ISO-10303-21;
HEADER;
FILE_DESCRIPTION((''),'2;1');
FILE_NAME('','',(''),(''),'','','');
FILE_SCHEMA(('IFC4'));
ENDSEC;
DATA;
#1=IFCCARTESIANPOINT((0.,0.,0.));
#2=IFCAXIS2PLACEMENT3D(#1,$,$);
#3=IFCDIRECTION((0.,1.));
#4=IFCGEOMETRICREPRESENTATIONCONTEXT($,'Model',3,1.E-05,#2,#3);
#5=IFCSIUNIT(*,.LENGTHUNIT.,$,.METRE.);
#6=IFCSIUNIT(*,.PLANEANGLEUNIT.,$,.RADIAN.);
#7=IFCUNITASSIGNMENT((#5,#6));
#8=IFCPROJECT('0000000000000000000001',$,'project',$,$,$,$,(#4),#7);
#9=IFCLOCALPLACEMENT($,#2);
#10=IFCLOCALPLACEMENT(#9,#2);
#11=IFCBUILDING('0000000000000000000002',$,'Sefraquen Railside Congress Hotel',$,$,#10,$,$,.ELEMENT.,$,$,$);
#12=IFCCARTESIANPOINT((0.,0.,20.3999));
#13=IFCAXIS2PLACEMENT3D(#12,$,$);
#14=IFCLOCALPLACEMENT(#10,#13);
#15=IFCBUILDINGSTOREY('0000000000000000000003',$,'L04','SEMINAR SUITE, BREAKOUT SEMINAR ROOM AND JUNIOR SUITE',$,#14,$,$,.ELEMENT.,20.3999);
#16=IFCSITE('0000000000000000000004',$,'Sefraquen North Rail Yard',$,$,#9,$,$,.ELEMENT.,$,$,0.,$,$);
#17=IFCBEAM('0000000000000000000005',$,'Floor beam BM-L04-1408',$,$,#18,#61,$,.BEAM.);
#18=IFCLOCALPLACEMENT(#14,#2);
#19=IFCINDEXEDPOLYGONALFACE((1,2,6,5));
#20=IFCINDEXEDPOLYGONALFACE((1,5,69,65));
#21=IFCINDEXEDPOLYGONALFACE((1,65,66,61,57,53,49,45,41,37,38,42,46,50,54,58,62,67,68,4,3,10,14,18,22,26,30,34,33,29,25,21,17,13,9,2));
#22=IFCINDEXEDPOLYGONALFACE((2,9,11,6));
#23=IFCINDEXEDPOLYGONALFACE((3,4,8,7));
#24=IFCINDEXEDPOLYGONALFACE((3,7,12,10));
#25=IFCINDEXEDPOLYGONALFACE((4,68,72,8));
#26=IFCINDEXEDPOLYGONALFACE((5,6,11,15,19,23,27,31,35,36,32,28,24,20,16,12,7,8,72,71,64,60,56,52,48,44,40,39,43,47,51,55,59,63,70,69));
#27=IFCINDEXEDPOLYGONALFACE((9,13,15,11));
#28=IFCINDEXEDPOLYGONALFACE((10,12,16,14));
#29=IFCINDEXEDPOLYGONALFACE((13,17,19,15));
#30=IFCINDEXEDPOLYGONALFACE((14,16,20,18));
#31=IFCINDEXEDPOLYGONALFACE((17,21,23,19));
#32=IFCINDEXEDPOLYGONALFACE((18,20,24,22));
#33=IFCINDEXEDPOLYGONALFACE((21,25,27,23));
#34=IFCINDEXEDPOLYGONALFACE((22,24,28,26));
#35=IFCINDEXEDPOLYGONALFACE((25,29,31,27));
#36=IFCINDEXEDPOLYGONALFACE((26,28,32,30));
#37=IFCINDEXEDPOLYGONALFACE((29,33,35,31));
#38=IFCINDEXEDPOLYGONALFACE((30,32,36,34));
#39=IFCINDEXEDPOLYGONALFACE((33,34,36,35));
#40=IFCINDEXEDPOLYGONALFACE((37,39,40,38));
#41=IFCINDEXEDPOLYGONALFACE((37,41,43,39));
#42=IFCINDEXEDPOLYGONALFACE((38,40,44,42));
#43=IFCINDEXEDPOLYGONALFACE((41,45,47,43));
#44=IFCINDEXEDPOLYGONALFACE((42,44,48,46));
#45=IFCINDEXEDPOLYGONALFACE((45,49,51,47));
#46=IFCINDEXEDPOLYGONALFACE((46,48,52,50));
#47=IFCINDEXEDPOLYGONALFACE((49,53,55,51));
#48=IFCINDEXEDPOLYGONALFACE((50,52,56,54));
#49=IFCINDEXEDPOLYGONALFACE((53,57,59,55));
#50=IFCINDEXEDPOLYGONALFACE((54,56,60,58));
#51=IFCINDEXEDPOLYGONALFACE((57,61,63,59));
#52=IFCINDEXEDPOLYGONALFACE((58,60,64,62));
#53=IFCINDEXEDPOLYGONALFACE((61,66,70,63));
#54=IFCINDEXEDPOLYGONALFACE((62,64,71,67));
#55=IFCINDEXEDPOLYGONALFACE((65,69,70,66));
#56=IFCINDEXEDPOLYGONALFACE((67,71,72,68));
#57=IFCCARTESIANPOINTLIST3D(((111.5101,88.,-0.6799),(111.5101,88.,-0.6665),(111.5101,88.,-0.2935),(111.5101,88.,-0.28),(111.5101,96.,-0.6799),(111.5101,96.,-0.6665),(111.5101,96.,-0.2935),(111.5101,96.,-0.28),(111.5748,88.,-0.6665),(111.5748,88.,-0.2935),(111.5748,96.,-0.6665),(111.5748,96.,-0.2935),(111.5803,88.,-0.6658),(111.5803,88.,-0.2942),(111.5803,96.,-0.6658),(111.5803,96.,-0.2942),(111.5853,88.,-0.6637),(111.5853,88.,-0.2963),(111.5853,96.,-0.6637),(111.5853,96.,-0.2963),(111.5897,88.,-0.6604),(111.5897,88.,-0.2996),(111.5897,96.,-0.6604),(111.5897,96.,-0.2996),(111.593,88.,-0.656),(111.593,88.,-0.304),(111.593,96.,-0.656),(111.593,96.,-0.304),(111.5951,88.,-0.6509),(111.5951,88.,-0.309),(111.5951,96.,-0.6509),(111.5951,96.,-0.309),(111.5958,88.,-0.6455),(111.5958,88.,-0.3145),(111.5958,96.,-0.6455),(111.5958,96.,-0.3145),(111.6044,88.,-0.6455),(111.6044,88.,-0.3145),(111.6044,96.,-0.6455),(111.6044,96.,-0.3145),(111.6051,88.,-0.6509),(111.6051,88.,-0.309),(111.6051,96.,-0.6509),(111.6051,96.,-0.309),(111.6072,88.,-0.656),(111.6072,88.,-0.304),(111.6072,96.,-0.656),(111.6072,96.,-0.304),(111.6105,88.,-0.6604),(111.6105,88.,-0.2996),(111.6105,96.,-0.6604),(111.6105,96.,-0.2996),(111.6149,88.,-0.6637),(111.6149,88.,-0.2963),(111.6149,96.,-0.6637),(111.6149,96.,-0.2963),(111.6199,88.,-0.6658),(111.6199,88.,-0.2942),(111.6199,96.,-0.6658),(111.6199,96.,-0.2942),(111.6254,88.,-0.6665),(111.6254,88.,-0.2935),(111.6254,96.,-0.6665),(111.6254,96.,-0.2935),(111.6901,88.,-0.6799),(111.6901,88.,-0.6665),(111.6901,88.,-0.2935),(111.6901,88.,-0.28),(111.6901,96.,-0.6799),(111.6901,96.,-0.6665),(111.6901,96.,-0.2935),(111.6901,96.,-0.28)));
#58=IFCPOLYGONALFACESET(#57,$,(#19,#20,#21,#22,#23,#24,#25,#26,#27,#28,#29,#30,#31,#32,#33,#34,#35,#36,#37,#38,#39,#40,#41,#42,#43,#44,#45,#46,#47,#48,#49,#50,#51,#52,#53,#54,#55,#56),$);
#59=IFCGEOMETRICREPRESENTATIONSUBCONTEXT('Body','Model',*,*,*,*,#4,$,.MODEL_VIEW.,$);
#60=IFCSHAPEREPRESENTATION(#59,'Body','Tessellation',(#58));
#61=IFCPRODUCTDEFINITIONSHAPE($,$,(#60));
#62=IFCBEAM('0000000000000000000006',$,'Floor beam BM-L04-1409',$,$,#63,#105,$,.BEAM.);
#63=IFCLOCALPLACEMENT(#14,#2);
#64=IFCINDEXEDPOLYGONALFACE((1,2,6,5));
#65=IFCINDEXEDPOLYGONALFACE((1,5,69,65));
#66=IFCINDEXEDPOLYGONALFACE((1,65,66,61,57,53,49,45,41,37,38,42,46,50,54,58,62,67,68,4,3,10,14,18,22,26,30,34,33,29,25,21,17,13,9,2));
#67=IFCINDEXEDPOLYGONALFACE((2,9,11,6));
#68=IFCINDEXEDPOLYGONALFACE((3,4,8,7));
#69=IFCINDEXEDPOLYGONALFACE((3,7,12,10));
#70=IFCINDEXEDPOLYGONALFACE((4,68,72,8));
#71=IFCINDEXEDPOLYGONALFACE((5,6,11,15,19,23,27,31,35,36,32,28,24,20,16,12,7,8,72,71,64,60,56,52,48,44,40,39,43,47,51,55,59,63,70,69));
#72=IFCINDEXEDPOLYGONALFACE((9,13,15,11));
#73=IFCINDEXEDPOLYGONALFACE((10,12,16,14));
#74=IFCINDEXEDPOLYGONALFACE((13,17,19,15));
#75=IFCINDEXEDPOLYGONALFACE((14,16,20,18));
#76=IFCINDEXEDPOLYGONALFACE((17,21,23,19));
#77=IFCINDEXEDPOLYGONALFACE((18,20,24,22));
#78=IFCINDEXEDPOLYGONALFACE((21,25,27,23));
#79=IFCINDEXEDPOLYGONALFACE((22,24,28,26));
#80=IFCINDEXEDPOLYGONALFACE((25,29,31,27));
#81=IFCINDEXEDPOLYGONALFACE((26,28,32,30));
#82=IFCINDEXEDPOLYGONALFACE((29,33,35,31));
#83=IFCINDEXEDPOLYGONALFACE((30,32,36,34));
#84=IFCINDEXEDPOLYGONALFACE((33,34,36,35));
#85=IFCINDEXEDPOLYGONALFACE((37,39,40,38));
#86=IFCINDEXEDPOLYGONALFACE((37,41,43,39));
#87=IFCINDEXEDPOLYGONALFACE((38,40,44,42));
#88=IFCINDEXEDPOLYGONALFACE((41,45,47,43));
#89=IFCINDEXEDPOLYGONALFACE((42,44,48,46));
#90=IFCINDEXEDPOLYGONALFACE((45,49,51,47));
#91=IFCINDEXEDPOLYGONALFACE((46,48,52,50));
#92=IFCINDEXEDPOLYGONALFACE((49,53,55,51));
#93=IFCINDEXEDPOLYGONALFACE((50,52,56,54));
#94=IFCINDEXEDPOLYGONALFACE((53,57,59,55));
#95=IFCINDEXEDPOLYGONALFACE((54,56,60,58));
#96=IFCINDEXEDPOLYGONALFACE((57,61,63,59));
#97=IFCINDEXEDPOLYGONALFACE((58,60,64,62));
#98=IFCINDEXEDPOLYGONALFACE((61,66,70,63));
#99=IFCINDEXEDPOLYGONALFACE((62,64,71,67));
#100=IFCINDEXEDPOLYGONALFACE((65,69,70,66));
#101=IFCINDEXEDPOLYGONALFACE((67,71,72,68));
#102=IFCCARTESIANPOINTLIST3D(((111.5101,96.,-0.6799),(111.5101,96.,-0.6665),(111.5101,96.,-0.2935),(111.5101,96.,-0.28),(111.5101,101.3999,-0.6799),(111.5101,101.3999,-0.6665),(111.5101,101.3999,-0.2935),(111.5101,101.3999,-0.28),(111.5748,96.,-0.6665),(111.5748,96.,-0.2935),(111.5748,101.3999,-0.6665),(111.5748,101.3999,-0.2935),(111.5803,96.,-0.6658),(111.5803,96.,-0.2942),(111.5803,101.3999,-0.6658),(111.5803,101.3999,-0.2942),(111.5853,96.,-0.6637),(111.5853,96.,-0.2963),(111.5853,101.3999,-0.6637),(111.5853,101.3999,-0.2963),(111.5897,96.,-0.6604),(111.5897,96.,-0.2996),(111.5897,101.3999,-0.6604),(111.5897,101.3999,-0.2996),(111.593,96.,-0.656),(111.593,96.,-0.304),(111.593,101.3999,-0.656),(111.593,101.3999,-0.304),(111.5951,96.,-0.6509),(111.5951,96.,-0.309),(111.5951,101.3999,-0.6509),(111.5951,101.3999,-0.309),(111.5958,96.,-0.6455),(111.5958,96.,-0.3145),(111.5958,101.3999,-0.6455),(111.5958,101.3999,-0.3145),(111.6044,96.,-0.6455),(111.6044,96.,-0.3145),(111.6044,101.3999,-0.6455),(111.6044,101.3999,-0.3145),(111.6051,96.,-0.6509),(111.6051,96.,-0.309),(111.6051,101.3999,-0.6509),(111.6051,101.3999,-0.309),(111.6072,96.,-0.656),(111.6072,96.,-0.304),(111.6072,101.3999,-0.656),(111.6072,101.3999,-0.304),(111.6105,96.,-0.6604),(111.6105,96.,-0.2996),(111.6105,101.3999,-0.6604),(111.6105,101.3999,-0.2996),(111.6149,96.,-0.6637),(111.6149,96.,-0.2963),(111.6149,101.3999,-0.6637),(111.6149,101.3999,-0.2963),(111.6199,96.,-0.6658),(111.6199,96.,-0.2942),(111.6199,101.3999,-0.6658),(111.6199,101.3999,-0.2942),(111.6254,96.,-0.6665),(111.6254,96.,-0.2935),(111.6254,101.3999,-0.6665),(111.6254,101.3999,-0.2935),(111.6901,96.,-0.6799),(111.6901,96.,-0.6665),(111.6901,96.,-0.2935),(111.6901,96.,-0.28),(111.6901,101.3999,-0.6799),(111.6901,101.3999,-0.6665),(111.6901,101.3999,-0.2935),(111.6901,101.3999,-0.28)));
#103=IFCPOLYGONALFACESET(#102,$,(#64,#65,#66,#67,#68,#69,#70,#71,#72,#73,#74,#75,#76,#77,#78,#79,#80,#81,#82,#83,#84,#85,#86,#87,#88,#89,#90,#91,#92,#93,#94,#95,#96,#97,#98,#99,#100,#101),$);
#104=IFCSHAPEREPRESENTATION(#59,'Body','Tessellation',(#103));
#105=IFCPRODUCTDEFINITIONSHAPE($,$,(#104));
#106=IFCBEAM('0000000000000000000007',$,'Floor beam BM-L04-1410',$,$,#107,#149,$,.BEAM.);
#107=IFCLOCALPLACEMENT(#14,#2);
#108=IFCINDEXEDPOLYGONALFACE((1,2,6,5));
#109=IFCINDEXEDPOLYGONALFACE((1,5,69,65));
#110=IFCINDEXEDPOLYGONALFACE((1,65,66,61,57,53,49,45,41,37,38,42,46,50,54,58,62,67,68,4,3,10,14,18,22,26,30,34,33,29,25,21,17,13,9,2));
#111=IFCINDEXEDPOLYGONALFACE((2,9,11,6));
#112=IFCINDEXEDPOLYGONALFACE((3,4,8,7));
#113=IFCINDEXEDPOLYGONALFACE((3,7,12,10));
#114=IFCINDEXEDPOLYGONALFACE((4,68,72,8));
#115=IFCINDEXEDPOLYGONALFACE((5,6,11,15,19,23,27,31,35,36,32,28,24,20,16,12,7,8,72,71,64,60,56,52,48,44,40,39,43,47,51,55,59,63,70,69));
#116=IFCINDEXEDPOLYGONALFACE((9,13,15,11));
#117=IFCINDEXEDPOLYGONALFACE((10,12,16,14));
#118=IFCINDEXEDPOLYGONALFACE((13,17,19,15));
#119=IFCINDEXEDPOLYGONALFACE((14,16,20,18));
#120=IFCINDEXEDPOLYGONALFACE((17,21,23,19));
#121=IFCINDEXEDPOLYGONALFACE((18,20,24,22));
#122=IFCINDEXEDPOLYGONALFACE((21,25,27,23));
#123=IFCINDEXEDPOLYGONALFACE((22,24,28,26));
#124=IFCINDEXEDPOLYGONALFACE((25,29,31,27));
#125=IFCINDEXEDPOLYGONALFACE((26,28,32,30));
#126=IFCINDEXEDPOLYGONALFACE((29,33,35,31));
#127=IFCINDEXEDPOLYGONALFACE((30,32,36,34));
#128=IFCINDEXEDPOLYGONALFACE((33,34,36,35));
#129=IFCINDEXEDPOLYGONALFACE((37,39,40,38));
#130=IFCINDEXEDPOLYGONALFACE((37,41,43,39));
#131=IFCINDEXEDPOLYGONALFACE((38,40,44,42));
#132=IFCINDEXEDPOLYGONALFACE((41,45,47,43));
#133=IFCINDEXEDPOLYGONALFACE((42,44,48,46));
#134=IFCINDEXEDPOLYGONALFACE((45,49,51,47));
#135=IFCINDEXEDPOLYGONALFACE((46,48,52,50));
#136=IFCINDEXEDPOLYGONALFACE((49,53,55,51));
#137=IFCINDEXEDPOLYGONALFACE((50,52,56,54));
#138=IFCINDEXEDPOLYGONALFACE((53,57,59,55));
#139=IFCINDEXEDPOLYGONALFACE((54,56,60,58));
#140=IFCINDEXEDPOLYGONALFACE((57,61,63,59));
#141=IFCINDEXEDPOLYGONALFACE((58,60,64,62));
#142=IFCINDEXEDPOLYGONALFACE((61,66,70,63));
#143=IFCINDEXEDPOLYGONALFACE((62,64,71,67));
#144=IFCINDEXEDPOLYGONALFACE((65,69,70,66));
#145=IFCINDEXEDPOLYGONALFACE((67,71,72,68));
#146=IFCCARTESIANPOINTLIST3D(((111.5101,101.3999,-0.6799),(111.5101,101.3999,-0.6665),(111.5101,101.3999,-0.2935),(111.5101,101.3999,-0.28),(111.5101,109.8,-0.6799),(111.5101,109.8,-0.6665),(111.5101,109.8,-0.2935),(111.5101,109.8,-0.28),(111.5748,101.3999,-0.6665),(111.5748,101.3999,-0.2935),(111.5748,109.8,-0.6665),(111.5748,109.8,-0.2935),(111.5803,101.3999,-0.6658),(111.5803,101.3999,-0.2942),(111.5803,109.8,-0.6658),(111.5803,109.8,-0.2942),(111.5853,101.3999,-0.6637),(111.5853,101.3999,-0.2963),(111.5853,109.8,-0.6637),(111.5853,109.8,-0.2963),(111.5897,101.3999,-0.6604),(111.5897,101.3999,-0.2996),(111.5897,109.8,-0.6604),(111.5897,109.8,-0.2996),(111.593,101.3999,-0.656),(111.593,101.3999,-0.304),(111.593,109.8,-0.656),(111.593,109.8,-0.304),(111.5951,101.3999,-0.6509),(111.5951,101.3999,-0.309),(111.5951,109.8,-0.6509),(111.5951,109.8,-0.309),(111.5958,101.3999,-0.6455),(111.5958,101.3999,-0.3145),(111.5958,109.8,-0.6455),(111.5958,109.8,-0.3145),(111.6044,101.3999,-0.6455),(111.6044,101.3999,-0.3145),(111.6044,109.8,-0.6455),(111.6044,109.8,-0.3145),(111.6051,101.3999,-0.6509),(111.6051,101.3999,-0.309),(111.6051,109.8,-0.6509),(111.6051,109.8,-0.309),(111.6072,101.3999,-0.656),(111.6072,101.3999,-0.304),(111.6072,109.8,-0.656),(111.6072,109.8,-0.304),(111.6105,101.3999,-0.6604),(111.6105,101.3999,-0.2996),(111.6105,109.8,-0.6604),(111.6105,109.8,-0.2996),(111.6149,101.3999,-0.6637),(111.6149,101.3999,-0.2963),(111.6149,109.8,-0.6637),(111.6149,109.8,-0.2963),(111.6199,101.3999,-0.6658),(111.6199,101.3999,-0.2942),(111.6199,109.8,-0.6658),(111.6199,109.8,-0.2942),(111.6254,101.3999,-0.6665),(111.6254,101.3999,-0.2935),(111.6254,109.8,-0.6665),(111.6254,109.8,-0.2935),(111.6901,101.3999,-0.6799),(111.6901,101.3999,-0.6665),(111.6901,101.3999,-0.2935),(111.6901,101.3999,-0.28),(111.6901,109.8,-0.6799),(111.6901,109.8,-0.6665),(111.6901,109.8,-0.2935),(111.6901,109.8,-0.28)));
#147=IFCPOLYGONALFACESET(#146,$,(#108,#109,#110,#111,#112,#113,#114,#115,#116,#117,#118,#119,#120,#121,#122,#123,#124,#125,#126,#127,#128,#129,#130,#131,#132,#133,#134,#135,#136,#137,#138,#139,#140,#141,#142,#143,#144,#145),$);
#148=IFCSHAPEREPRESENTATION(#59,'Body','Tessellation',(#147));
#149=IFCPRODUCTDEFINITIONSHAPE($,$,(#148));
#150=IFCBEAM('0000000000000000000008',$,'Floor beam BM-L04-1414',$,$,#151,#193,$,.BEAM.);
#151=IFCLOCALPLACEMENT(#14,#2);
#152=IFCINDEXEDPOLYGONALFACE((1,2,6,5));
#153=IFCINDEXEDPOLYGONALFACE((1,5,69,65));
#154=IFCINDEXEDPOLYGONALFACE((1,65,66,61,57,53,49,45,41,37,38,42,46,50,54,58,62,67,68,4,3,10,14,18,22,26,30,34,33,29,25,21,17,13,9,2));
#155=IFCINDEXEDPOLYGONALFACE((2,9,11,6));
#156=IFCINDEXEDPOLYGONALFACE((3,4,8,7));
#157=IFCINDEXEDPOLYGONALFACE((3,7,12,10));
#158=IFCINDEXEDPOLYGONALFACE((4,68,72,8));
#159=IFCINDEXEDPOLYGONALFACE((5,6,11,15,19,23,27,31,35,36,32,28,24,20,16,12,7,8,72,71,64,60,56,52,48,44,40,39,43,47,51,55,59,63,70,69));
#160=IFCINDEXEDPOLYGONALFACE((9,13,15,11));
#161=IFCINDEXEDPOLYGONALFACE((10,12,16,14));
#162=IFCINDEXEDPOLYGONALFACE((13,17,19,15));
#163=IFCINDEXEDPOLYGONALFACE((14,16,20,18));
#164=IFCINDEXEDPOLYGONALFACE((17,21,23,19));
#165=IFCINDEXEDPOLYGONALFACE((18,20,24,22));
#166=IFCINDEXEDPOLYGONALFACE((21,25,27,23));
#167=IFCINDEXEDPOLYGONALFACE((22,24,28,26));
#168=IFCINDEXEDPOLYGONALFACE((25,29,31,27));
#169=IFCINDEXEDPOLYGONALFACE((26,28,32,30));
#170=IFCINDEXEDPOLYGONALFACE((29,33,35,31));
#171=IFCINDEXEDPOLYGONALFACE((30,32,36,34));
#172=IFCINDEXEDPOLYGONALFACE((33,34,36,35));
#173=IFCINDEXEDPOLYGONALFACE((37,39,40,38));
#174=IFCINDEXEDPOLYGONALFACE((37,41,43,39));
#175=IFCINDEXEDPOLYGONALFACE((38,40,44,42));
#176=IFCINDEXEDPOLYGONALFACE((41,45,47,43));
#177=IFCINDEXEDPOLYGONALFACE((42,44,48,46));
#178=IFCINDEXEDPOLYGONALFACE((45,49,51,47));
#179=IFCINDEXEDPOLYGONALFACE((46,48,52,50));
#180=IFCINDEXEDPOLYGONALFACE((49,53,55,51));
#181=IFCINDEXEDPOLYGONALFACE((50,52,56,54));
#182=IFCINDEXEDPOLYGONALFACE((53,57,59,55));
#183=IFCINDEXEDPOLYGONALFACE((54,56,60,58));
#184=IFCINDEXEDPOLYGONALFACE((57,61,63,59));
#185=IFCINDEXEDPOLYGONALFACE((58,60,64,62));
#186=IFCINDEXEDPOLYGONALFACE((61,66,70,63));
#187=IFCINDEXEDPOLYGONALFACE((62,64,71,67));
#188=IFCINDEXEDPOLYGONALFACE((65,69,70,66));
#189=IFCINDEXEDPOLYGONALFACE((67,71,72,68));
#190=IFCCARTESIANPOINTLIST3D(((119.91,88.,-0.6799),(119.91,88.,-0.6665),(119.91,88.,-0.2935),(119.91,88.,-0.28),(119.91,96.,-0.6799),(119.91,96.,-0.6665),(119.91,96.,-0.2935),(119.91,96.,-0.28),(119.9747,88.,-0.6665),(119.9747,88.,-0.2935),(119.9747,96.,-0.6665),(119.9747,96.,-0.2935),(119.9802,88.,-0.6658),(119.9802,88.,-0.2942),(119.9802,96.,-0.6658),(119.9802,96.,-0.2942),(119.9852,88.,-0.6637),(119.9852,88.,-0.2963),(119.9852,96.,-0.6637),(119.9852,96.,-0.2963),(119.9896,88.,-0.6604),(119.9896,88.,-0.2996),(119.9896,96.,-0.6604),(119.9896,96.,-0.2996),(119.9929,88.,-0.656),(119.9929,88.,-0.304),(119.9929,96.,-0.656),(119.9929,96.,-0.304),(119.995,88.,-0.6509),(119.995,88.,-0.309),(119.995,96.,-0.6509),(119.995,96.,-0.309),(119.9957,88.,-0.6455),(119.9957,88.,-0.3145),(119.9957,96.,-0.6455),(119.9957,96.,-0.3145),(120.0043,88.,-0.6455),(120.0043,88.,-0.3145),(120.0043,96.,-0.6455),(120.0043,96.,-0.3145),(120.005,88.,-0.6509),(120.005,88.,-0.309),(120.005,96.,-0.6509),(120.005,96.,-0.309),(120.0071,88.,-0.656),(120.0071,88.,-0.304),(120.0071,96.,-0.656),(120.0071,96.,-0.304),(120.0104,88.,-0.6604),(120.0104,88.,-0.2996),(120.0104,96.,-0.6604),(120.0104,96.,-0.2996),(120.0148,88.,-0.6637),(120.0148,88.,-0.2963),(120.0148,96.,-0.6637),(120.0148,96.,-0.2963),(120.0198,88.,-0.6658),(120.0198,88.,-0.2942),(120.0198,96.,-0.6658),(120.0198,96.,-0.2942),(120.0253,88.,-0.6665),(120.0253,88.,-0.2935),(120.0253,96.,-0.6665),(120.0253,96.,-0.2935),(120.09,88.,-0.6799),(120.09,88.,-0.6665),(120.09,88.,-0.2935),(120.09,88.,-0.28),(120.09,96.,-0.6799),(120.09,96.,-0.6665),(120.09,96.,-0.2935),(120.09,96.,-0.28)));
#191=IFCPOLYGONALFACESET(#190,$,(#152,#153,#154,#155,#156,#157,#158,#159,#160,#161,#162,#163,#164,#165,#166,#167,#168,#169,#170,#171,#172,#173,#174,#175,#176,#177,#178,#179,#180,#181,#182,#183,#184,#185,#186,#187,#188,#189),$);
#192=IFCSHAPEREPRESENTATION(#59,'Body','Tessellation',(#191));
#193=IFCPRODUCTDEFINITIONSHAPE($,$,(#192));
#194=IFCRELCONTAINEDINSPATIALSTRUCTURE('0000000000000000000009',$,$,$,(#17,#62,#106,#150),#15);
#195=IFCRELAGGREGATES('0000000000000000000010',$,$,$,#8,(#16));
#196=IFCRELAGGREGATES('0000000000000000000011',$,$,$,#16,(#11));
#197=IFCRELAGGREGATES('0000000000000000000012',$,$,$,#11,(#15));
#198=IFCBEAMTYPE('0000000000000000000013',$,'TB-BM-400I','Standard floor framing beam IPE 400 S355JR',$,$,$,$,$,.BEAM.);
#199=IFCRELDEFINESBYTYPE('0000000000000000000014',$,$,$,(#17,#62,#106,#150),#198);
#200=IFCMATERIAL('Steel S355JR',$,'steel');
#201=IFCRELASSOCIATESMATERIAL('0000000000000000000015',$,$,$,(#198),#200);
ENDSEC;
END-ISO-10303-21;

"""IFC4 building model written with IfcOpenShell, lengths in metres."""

from ifc_helpers import new_model, si_unit, direction, frame, origin, origin_2d, place, context, subcontext, project, spatial, i_section, extrude, material, material_profile, profile_set, type_object, element, save


model = new_model("IFC4")

# Units and contexts
model_context = context("Model", 3, precision=1e-05, world=origin(), true_north=direction((0.0, 1.0)))
body_context = subcontext(model_context, "Body", "Model", "MODEL_VIEW")
ifc_project = project(units=[si_unit("LENGTHUNIT", "METRE"), si_unit("PLANEANGLEUNIT", "RADIAN")], contexts=[model_context])

# Site, building, storey
site_placement = place(None, origin())
site = spatial("IfcSite", under=ifc_project, at=site_placement, Name="Sefraquen North Rail Yard", CompositionType="ELEMENT", RefElevation=0.0)
building_placement = place(site_placement, origin())
building = spatial("IfcBuilding", under=site, at=building_placement, Name="Sefraquen Railside Congress Hotel", CompositionType="ELEMENT")
storey_placement = place(building_placement, frame((0.0, 0.0, 20.3999)))
storey = spatial("IfcBuildingStorey", under=building, at=storey_placement, Name="L04", Description="SEMINAR SUITE, BREAKOUT SEMINAR ROOM AND JUNIOR SUITE", CompositionType="ELEMENT", Elevation=20.3999)

# Shared definitions
ifc_material_1 = material(Name="Steel S355JR", Category="steel")

# Beams
ifc_material_profile_1 = material_profile(ifc_material_1, i_section(OverallWidth=0.1799, OverallDepth=0.3999, WebThickness=0.0085, FlangeThickness=0.0134, FilletRadius=0.021, at=origin_2d()), Name="IPE 400")
ifc_profile_set_1 = profile_set([ifc_material_profile_1], Name="Steel S355JR")
beam_type_1 = type_object("IfcBeamType", Name="TB-BM-400I", Description="Standard floor framing beam IPE 400 S355JR", PredefinedType="BEAM", material=ifc_profile_set_1)
beam_1_placement = place(storey_placement, frame((111.6001, 88.0, -0.48), z_axis=(0.0, 1.0, 0.0), x_axis=(-1.0, 0.0, 0.0)))
element("IfcBeam", 1, at=beam_1_placement, inside=storey, type_object=beam_type_1, Name="Floor beam BM-L04-1408", PredefinedType="BEAM", context=body_context, shape_type="SweptSolid", body=[
    extrude(i_section(OverallWidth=0.1799, OverallDepth=0.3999, WebThickness=0.0085, FlangeThickness=0.0134, FilletRadius=0.021, at=origin_2d()), origin(), (0.0, 0.0, 1.0), 8.0),
])
beam_2_placement = place(storey_placement, frame((111.6001, 96.0, -0.48), z_axis=(0.0, 1.0, 0.0), x_axis=(-1.0, 0.0, 0.0)))
element("IfcBeam", 2, at=beam_2_placement, inside=storey, type_object=beam_type_1, Name="Floor beam BM-L04-1409", PredefinedType="BEAM", context=body_context, shape_type="SweptSolid", body=[
    extrude(i_section(OverallWidth=0.1799, OverallDepth=0.3999, WebThickness=0.0085, FlangeThickness=0.0134, FilletRadius=0.021, at=origin_2d()), origin(), (0.0, 0.0, 1.0), 5.3999),
])
beam_3_placement = place(storey_placement, frame((111.6001, 101.3999, -0.48), z_axis=(0.0, 1.0, 0.0), x_axis=(-1.0, 0.0, 0.0)))
element("IfcBeam", 3, at=beam_3_placement, inside=storey, type_object=beam_type_1, Name="Floor beam BM-L04-1410", PredefinedType="BEAM", context=body_context, shape_type="SweptSolid", body=[
    extrude(i_section(OverallWidth=0.1799, OverallDepth=0.3999, WebThickness=0.0085, FlangeThickness=0.0134, FilletRadius=0.021, at=origin_2d()), origin(), (0.0, 0.0, 1.0), 8.4001),
])
beam_4_placement = place(storey_placement, frame((120.0, 88.0, -0.48), z_axis=(0.0, 1.0, 0.0), x_axis=(-1.0, 0.0, 0.0)))
element("IfcBeam", 4, at=beam_4_placement, inside=storey, type_object=beam_type_1, Name="Floor beam BM-L04-1414", PredefinedType="BEAM", context=body_context, shape_type="SweptSolid", body=[
    extrude(i_section(OverallWidth=0.1799, OverallDepth=0.3999, WebThickness=0.0085, FlangeThickness=0.0134, FilletRadius=0.021, at=origin_2d()), origin(), (0.0, 0.0, 1.0), 8.0),
])

save(model, "model.ifc")
